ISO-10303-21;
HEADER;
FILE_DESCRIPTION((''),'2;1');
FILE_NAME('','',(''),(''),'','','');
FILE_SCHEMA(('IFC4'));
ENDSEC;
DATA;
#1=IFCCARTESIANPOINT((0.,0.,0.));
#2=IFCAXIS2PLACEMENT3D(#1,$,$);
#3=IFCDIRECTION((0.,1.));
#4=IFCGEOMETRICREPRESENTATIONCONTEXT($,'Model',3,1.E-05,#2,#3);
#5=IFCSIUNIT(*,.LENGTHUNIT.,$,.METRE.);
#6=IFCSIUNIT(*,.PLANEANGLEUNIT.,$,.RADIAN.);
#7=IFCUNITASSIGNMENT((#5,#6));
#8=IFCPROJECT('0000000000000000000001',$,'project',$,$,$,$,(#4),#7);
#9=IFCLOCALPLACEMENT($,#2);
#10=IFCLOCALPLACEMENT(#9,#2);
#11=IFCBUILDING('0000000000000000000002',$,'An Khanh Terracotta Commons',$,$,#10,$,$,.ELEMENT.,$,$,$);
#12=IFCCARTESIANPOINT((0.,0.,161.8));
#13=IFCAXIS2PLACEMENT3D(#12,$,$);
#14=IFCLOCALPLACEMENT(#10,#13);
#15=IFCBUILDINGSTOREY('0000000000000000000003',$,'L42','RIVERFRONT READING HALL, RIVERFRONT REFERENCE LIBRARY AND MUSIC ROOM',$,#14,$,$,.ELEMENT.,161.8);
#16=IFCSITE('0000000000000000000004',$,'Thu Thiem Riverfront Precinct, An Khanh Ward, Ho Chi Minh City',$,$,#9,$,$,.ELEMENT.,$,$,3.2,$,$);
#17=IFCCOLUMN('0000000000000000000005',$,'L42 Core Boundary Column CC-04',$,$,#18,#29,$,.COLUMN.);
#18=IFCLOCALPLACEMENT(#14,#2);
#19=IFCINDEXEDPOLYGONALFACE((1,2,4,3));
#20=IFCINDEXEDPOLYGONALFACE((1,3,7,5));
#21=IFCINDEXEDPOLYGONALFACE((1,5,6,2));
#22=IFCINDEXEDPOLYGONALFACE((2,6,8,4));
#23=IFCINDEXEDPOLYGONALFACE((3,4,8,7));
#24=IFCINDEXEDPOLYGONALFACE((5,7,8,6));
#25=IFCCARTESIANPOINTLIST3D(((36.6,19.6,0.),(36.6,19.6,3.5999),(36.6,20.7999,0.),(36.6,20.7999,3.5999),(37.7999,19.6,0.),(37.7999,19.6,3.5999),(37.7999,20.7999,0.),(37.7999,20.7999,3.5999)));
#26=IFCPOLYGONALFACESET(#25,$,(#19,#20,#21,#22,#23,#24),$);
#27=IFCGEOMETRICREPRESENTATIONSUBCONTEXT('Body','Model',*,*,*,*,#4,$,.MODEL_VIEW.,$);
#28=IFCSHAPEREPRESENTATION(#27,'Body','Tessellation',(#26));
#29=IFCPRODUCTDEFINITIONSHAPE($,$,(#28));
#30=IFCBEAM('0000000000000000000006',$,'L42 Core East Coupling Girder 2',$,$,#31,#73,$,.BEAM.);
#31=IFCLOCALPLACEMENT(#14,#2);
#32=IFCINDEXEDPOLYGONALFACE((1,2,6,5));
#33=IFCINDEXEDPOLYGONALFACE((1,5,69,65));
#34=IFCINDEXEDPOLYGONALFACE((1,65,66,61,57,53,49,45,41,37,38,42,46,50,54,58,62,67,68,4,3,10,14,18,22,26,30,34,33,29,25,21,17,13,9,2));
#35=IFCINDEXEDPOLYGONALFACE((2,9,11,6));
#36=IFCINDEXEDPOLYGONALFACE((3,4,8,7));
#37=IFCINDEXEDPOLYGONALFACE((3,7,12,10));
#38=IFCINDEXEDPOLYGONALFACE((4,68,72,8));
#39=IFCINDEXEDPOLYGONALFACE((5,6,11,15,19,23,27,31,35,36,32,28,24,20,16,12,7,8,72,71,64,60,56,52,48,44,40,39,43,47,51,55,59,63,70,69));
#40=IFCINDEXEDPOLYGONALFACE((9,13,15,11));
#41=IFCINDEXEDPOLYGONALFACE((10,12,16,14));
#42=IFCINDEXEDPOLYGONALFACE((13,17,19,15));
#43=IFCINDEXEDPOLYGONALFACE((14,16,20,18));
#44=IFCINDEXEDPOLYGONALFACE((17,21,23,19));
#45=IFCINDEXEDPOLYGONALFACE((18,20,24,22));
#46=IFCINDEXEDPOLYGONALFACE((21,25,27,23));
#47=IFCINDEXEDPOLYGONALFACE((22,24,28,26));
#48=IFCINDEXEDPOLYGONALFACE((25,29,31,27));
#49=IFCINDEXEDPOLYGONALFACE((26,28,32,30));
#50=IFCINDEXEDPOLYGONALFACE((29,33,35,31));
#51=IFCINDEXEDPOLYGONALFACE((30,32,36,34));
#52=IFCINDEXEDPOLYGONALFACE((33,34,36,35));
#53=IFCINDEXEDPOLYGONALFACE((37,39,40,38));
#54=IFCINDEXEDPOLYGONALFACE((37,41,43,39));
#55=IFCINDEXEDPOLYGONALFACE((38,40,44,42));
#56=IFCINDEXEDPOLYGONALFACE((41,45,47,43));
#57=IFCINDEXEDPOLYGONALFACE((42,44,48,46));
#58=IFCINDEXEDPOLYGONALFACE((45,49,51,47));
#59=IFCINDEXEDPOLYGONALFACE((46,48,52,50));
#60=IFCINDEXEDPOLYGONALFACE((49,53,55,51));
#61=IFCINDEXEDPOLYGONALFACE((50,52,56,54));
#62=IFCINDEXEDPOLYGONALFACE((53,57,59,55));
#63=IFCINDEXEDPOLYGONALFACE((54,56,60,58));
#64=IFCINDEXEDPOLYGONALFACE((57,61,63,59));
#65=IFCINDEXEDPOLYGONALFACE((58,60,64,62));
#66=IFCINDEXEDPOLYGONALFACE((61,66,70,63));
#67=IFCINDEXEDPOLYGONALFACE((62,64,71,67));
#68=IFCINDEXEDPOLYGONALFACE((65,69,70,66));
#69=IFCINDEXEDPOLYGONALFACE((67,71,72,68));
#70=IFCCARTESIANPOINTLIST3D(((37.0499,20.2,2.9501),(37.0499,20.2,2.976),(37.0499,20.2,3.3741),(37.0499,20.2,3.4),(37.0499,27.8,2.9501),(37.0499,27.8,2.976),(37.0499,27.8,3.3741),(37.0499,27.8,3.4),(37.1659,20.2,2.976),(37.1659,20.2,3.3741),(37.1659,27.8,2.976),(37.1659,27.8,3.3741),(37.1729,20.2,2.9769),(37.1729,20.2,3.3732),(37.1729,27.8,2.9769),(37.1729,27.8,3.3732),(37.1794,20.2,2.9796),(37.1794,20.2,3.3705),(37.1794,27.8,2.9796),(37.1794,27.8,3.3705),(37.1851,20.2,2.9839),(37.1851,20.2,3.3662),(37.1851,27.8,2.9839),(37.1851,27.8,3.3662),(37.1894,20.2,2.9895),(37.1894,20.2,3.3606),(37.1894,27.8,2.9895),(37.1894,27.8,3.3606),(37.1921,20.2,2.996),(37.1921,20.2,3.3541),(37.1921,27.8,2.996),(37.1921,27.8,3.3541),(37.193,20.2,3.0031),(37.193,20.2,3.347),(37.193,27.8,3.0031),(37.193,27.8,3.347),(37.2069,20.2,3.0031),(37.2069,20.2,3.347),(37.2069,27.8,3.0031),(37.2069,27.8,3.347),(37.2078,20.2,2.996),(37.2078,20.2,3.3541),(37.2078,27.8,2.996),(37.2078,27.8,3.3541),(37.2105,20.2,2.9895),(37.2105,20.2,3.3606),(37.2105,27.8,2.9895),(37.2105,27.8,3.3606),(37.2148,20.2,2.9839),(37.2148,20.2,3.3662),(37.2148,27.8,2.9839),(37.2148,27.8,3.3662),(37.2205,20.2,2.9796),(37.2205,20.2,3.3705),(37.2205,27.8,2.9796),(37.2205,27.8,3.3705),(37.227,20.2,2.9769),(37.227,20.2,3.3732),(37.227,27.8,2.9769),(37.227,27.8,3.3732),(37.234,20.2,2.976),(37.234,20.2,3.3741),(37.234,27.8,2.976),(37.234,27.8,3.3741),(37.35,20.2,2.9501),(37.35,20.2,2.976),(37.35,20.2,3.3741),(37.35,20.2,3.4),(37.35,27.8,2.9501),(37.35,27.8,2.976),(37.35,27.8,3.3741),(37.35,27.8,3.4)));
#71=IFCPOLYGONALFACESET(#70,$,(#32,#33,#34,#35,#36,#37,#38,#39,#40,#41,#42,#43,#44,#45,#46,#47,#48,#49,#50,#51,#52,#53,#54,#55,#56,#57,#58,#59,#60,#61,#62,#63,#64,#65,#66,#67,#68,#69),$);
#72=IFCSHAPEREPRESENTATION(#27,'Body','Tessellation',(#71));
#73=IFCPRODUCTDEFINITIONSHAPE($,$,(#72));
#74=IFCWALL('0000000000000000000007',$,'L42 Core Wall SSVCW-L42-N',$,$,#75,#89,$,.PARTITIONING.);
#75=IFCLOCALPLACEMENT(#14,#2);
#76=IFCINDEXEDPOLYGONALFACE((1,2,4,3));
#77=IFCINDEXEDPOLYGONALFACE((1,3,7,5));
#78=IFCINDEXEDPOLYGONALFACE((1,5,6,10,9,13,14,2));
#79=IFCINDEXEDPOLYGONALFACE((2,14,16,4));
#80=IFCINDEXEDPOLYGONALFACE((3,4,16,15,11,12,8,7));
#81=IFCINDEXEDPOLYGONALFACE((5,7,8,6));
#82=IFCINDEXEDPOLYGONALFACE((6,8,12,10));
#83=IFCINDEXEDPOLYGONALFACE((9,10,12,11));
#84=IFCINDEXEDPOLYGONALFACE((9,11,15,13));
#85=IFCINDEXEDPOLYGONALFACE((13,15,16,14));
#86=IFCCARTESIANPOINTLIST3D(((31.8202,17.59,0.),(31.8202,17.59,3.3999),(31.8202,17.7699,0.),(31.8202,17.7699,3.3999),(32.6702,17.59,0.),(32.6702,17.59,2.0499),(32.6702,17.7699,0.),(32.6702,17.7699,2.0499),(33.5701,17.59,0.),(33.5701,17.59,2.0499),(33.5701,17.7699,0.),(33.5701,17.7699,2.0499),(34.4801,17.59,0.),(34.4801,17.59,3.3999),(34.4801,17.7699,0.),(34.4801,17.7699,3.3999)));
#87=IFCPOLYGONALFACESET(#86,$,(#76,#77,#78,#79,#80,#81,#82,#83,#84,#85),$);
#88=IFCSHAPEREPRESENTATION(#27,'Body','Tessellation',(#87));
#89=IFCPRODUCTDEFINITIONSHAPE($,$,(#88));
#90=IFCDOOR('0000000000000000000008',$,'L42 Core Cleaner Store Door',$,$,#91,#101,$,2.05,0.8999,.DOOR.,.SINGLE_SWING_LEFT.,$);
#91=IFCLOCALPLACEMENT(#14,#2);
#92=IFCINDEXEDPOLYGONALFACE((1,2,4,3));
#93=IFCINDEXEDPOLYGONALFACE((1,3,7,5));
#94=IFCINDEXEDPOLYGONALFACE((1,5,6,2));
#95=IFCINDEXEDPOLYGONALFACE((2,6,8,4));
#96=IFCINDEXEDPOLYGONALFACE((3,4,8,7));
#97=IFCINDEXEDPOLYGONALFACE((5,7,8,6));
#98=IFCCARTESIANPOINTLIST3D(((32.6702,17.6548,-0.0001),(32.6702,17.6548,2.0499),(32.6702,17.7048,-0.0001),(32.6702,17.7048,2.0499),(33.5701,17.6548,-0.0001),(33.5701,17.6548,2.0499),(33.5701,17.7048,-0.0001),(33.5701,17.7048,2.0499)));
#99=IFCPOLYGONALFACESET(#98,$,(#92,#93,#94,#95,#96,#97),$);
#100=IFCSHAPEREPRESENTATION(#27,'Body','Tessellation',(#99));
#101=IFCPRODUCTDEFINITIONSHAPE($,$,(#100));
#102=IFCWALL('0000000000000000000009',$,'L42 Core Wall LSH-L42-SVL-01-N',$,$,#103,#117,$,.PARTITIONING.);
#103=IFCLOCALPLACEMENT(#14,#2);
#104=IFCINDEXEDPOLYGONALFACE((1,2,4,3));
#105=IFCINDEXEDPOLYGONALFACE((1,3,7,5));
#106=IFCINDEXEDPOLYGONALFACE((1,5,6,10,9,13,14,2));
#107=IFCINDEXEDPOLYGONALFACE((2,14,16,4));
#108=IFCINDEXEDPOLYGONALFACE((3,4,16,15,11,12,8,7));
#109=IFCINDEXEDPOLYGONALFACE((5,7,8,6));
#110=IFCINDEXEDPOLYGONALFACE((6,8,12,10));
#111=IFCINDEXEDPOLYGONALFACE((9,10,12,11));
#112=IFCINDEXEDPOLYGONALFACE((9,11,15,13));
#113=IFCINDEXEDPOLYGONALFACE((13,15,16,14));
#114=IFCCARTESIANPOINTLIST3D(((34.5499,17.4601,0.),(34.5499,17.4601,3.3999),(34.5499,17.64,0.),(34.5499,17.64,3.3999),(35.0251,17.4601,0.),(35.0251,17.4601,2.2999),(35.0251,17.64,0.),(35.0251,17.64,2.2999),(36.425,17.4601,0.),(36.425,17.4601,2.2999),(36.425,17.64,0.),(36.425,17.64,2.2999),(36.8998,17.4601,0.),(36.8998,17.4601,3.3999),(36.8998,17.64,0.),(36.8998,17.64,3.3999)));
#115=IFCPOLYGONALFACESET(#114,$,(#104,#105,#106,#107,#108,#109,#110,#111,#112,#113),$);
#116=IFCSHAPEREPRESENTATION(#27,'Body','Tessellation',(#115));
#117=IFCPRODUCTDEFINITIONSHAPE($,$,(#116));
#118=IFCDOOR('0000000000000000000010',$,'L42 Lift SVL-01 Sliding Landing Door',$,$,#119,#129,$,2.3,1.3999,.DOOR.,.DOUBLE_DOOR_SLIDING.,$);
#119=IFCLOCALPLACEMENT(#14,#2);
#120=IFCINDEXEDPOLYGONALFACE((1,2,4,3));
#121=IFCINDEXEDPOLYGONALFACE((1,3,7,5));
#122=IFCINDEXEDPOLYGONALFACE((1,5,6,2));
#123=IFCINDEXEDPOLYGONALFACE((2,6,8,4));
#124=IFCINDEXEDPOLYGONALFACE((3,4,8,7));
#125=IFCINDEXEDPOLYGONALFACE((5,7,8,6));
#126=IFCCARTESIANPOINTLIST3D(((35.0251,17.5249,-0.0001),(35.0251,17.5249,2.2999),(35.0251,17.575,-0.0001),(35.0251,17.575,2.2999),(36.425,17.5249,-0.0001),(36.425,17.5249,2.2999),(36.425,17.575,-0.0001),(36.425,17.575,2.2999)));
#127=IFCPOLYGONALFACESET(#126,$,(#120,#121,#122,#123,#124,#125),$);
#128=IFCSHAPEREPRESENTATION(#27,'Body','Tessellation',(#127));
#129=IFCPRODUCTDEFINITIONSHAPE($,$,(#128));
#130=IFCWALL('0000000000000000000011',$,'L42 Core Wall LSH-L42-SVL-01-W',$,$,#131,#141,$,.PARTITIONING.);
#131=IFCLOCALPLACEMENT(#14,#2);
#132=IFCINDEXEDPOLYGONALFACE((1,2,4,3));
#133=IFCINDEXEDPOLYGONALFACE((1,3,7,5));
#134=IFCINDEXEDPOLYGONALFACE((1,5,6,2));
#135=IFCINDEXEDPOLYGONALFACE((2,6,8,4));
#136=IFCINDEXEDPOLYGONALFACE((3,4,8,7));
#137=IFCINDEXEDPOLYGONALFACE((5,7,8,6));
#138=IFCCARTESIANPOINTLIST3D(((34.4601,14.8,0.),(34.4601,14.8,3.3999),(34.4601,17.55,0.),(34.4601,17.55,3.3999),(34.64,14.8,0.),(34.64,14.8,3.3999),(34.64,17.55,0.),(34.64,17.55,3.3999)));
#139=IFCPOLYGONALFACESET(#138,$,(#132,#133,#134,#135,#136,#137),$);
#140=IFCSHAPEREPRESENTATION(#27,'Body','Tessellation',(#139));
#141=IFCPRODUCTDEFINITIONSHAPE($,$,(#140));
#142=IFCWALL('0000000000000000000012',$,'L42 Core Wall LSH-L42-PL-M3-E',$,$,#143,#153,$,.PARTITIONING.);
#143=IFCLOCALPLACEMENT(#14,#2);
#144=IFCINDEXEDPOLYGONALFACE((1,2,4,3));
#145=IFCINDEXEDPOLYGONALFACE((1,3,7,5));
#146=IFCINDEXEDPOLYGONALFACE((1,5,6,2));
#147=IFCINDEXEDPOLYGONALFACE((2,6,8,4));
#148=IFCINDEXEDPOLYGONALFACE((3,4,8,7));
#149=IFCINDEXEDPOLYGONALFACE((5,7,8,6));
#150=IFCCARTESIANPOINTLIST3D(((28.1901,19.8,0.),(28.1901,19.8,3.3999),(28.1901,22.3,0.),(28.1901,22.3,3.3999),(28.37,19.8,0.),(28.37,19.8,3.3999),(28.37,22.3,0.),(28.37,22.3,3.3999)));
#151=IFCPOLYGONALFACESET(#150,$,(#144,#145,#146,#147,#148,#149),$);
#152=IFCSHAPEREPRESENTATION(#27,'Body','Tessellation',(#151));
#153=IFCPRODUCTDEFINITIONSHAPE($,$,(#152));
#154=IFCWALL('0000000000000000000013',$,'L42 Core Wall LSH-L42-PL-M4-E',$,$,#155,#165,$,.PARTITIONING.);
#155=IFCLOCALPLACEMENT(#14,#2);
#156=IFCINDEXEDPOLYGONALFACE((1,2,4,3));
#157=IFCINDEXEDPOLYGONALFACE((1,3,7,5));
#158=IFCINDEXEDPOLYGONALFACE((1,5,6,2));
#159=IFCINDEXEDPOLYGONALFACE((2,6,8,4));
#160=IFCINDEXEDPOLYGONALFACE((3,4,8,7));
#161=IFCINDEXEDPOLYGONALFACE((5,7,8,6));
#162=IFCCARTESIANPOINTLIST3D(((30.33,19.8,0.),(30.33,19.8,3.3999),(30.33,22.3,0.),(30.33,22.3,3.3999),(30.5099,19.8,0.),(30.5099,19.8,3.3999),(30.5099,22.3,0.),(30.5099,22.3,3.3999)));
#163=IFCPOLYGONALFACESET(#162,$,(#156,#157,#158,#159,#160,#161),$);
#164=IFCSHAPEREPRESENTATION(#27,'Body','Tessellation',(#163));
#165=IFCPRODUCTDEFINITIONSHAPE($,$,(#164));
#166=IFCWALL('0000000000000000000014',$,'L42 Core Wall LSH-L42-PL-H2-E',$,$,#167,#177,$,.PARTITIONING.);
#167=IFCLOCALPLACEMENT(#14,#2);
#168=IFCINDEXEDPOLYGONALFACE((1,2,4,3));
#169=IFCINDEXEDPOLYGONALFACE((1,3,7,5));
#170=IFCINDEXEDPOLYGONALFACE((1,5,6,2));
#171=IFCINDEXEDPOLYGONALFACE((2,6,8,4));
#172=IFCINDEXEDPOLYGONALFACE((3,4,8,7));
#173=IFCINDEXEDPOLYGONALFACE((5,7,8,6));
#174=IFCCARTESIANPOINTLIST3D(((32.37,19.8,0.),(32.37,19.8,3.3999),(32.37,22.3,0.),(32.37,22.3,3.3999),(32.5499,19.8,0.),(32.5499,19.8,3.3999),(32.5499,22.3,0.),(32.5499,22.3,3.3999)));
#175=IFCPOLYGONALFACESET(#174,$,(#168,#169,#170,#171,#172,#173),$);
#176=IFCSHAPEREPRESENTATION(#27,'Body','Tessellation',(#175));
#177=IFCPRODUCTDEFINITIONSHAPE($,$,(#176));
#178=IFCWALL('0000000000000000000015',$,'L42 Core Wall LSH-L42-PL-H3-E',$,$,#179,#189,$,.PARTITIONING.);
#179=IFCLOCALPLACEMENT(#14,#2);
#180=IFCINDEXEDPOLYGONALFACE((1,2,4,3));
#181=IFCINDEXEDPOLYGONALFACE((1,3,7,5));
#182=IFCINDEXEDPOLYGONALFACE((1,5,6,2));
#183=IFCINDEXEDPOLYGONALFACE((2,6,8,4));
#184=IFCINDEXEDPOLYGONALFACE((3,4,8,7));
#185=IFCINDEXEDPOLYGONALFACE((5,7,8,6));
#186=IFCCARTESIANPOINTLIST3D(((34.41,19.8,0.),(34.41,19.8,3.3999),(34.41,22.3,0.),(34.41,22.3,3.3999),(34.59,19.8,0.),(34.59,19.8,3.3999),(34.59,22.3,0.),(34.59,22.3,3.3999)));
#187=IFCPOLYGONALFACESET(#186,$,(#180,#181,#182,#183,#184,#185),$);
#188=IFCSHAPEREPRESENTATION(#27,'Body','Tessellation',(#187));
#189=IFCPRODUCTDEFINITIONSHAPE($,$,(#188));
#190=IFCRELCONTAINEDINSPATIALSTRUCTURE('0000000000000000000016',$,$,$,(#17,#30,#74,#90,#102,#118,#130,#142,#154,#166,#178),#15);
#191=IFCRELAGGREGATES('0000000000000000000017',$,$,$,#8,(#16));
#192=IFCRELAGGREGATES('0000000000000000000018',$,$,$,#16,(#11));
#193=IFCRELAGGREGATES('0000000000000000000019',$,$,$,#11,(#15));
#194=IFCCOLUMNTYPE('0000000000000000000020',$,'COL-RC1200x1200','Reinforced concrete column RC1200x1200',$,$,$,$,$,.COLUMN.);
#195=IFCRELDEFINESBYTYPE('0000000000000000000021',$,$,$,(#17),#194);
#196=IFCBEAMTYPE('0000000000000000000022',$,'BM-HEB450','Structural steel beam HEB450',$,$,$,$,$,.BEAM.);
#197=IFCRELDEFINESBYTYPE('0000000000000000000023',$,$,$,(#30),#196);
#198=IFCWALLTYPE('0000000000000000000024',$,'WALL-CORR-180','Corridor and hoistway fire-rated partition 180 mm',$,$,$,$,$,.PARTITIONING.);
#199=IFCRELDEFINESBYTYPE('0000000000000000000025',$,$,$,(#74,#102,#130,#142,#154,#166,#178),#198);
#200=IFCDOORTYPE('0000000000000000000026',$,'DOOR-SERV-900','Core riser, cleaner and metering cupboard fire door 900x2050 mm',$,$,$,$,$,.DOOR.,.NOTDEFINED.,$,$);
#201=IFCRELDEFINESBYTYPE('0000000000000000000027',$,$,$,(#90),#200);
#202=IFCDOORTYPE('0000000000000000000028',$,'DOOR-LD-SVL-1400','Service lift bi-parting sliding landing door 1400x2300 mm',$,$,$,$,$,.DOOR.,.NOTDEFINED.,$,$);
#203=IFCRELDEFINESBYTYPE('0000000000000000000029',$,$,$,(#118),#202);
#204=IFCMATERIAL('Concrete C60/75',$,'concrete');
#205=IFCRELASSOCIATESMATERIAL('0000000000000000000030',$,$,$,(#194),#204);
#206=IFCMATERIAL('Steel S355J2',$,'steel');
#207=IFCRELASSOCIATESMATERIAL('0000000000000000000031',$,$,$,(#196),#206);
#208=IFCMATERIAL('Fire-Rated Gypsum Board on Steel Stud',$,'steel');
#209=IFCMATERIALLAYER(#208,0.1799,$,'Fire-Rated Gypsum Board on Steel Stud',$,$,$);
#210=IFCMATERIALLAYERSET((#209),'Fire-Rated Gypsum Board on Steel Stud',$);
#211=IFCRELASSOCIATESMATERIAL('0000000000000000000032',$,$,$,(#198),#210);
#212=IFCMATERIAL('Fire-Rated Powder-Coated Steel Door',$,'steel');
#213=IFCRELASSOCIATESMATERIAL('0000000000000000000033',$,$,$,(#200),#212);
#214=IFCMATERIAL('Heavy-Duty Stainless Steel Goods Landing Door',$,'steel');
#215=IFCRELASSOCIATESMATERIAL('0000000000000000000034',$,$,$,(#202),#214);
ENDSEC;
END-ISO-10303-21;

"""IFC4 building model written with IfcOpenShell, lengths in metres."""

from ifc_helpers import new_model, si_unit, direction, frame, frame_2d, origin, origin_2d, place, context, subcontext, project, spatial, rectangle, i_section, extrude, material, layer, layer_set, material_profile, profile_set, type_object, element, fill, save


model = new_model("IFC4")

# Units and contexts
model_context = context("Model", 3, precision=1e-05, world=origin(), true_north=direction((0.0, 1.0)))
body_context = subcontext(model_context, "Body", "Model", "MODEL_VIEW")
ifc_project = project(units=[si_unit("LENGTHUNIT", "METRE"), si_unit("PLANEANGLEUNIT", "RADIAN")], contexts=[model_context])

# Site, building, storey
site_placement = place(None, origin())
site = spatial("IfcSite", under=ifc_project, at=site_placement, Name="Thu Thiem Riverfront Precinct, An Khanh Ward, Ho Chi Minh City", CompositionType="ELEMENT", RefElevation=3.2)
building_placement = place(site_placement, origin())
building = spatial("IfcBuilding", under=site, at=building_placement, Name="An Khanh Terracotta Commons", CompositionType="ELEMENT")
storey_placement = place(building_placement, frame((0.0, 0.0, 161.8)))
storey = spatial("IfcBuildingStorey", under=building, at=storey_placement, Name="L42", Description="RIVERFRONT READING HALL, RIVERFRONT REFERENCE LIBRARY AND MUSIC ROOM", CompositionType="ELEMENT", Elevation=161.8)

# Column
ifc_material_1 = material(Name="Concrete C60/75", Category="concrete")
ifc_material_profile_1 = material_profile(ifc_material_1, rectangle(XDim=1.2, YDim=1.2, at=origin_2d()), Name="RC1200x1200")
ifc_profile_set_1 = profile_set([ifc_material_profile_1], Name="Concrete C60/75")
column_type = type_object("IfcColumnType", Name="COL-RC1200x1200", Description="Reinforced concrete column RC1200x1200", PredefinedType="COLUMN", material=ifc_profile_set_1)
column_placement = place(storey_placement, frame((37.2, 20.2, 0.0), z_axis=(0.0, 0.0, 1.0), x_axis=(1.0, 0.0, 0.0)))
element("IfcColumn", 1, at=column_placement, inside=storey, type_object=column_type, Name="L42 Core Boundary Column CC-04", PredefinedType="COLUMN", context=body_context, shape_type="SweptSolid", body=[
    extrude(rectangle(XDim=1.2, YDim=1.2, at=origin_2d()), origin(), (0.0, 0.0, 1.0), 3.5999),
])

# Beam
ifc_material_2 = material(Name="Steel S355J2", Category="steel")
ifc_material_profile_2 = material_profile(ifc_material_2, i_section(OverallWidth=0.3, OverallDepth=0.45, WebThickness=0.0139, FlangeThickness=0.0259, FilletRadius=0.0271, at=origin_2d()), Name="HEB450")
ifc_profile_set_2 = profile_set([ifc_material_profile_2], Name="Steel S355J2")
beam_type = type_object("IfcBeamType", Name="BM-HEB450", Description="Structural steel beam HEB450", PredefinedType="BEAM", material=ifc_profile_set_2)
beam_placement = place(storey_placement, frame((37.2, 20.2, 3.175), z_axis=(0.0, 1.0, 0.0), x_axis=(-1.0, 0.0, 0.0)))
element("IfcBeam", 2, at=beam_placement, inside=storey, type_object=beam_type, Name="L42 Core East Coupling Girder 2", PredefinedType="BEAM", context=body_context, shape_type="SweptSolid", body=[
    extrude(i_section(OverallWidth=0.3, OverallDepth=0.45, WebThickness=0.0139, FlangeThickness=0.0259, FilletRadius=0.0271, at=origin_2d()), origin(), (0.0, 0.0, 1.0), 7.6001),
])

# Walls, openings, doors
ifc_material_3 = material(Name="Fire-Rated Gypsum Board on Steel Stud", Category="steel")
ifc_layer = layer(ifc_material_3, 0.1799, Name="Fire-Rated Gypsum Board on Steel Stud")
ifc_layer_set = layer_set([ifc_layer], Name="Fire-Rated Gypsum Board on Steel Stud")
wall_type = type_object("IfcWallType", Name="WALL-CORR-180", Description="Corridor and hoistway fire-rated partition 180 mm", PredefinedType="PARTITIONING", material=ifc_layer_set)
wall_1_placement = place(storey_placement, frame((31.8201, 17.6799, 0.0), z_axis=(0.0, 0.0, 1.0), x_axis=(1.0, 0.0, 0.0)))
wall_1 = element("IfcWall", 3, at=wall_1_placement, inside=storey, type_object=wall_type, Name="L42 Core Wall SSVCW-L42-N", PredefinedType="PARTITIONING", context=body_context, shape_type="SweptSolid", body=[
    extrude(rectangle(XDim=2.6599, YDim=0.1799, at=frame_2d((1.3301, 0.0))), origin(), (0.0, 0.0, 1.0), 3.3999),
])
opening_1_placement = place(wall_1_placement, frame((0.8501, 0.0, 0.0)))
opening_1 = element("IfcOpeningElement", 4, at=opening_1_placement, cuts=wall_1, PredefinedType="OPENING", context=body_context, shape_type="SweptSolid", body=[
    extrude(rectangle(XDim=0.8999, YDim=2.05, at=frame_2d((0.45, 1.0249))), frame((0.0, 0.0999, 0.0), z_axis=(0.0, -1.0, 0.0), x_axis=(1.0, 0.0, 0.0)), (0.0, 0.0, 1.0), 0.2),
])
ifc_material_4 = material(Name="Fire-Rated Powder-Coated Steel Door", Category="steel")
door_type_1 = type_object("IfcDoorType", Name="DOOR-SERV-900", Description="Core riser, cleaner and metering cupboard fire door 900x2050 mm", OperationType="NOTDEFINED", PredefinedType="DOOR", material=ifc_material_4)
door_1_placement = place(opening_1_placement, origin())
door_1 = element("IfcDoor", 5, at=door_1_placement, inside=storey, type_object=door_type_1, Name="L42 Core Cleaner Store Door", OperationType="SINGLE_SWING_LEFT", OverallHeight=2.05, OverallWidth=0.8999, PredefinedType="DOOR", context=body_context, shape_type="SweptSolid", body=[
    extrude(rectangle(XDim=0.8999, YDim=2.05, at=frame_2d((0.45, 1.0249))), frame((0.0, 0.0249, 0.0), z_axis=(0.0, -1.0, 0.0), x_axis=(1.0, 0.0, 0.0)), (0.0, 0.0, 1.0), 0.05),
])
fill(opening_1, door_1)
wall_2_placement = place(storey_placement, frame((34.55, 17.55, 0.0), z_axis=(0.0, 0.0, 1.0), x_axis=(1.0, 0.0, 0.0)))
wall_2 = element("IfcWall", 6, at=wall_2_placement, inside=storey, type_object=wall_type, Name="L42 Core Wall LSH-L42-SVL-01-N", PredefinedType="PARTITIONING", context=body_context, shape_type="SweptSolid", body=[
    extrude(rectangle(XDim=2.3499, YDim=0.1799, at=frame_2d((1.1748, 0.0))), origin(), (0.0, 0.0, 1.0), 3.3999),
])
opening_2_placement = place(wall_2_placement, frame((0.4751, 0.0, 0.0)))
opening_2 = element("IfcOpeningElement", 7, at=opening_2_placement, cuts=wall_2, PredefinedType="OPENING", context=body_context, shape_type="SweptSolid", body=[
    extrude(rectangle(XDim=1.3999, YDim=2.3, at=frame_2d((0.7, 1.1499))), frame((0.0, 0.0999, 0.0), z_axis=(0.0, -1.0, 0.0), x_axis=(1.0, 0.0, 0.0)), (0.0, 0.0, 1.0), 0.2),
])
ifc_material_5 = material(Name="Heavy-Duty Stainless Steel Goods Landing Door", Category="steel")
door_type_2 = type_object("IfcDoorType", Name="DOOR-LD-SVL-1400", Description="Service lift bi-parting sliding landing door 1400x2300 mm", OperationType="NOTDEFINED", PredefinedType="DOOR", material=ifc_material_5)
door_2_placement = place(opening_2_placement, origin())
door_2 = element("IfcDoor", 8, at=door_2_placement, inside=storey, type_object=door_type_2, Name="L42 Lift SVL-01 Sliding Landing Door", OperationType="DOUBLE_DOOR_SLIDING", OverallHeight=2.3, OverallWidth=1.3999, PredefinedType="DOOR", context=body_context, shape_type="SweptSolid", body=[
    extrude(rectangle(XDim=1.3999, YDim=2.3, at=frame_2d((0.7, 1.1499))), frame((0.0, 0.0249, 0.0), z_axis=(0.0, -1.0, 0.0), x_axis=(1.0, 0.0, 0.0)), (0.0, 0.0, 1.0), 0.05),
])
fill(opening_2, door_2)

# Walls
wall_3_placement = place(storey_placement, frame((34.55, 17.55, 0.0), z_axis=(0.0, 0.0, 1.0), x_axis=(0.0, -1.0, 0.0)))
element("IfcWall", 9, at=wall_3_placement, inside=storey, type_object=wall_type, Name="L42 Core Wall LSH-L42-SVL-01-W", PredefinedType="PARTITIONING", context=body_context, shape_type="SweptSolid", body=[
    extrude(rectangle(XDim=2.75, YDim=0.1799, at=frame_2d((1.375, 0.0))), origin(), (0.0, 0.0, 1.0), 3.3999),
])
for number, where, z_axis, x_axis, name in (
    (10, (28.28, 19.8, 0.0), (0.0, 0.0, 1.0), (0.0, 1.0, 0.0), "L42 Core Wall LSH-L42-PL-M3-E"),
    (11, (30.4199, 19.8, 0.0), (0.0, 0.0, 1.0), (0.0, 1.0, 0.0), "L42 Core Wall LSH-L42-PL-M4-E"),
    (12, (32.46, 19.8, 0.0), (0.0, 0.0, 1.0), (0.0, 1.0, 0.0), "L42 Core Wall LSH-L42-PL-H2-E"),
    (13, (34.5, 19.8, 0.0), (0.0, 0.0, 1.0), (0.0, 1.0, 0.0), "L42 Core Wall LSH-L42-PL-H3-E"),
):
    element("IfcWall", number, at=place(storey_placement, frame(where, z_axis=z_axis, x_axis=x_axis)), inside=storey, type_object=wall_type, Name=name, PredefinedType="PARTITIONING", context=body_context, shape_type="SweptSolid", body=[
        extrude(rectangle(XDim=2.5, YDim=0.1799, at=frame_2d((1.25, 0.0))), origin(), (0.0, 0.0, 1.0), 3.3999),
    ])

save(model, "model.ifc")
